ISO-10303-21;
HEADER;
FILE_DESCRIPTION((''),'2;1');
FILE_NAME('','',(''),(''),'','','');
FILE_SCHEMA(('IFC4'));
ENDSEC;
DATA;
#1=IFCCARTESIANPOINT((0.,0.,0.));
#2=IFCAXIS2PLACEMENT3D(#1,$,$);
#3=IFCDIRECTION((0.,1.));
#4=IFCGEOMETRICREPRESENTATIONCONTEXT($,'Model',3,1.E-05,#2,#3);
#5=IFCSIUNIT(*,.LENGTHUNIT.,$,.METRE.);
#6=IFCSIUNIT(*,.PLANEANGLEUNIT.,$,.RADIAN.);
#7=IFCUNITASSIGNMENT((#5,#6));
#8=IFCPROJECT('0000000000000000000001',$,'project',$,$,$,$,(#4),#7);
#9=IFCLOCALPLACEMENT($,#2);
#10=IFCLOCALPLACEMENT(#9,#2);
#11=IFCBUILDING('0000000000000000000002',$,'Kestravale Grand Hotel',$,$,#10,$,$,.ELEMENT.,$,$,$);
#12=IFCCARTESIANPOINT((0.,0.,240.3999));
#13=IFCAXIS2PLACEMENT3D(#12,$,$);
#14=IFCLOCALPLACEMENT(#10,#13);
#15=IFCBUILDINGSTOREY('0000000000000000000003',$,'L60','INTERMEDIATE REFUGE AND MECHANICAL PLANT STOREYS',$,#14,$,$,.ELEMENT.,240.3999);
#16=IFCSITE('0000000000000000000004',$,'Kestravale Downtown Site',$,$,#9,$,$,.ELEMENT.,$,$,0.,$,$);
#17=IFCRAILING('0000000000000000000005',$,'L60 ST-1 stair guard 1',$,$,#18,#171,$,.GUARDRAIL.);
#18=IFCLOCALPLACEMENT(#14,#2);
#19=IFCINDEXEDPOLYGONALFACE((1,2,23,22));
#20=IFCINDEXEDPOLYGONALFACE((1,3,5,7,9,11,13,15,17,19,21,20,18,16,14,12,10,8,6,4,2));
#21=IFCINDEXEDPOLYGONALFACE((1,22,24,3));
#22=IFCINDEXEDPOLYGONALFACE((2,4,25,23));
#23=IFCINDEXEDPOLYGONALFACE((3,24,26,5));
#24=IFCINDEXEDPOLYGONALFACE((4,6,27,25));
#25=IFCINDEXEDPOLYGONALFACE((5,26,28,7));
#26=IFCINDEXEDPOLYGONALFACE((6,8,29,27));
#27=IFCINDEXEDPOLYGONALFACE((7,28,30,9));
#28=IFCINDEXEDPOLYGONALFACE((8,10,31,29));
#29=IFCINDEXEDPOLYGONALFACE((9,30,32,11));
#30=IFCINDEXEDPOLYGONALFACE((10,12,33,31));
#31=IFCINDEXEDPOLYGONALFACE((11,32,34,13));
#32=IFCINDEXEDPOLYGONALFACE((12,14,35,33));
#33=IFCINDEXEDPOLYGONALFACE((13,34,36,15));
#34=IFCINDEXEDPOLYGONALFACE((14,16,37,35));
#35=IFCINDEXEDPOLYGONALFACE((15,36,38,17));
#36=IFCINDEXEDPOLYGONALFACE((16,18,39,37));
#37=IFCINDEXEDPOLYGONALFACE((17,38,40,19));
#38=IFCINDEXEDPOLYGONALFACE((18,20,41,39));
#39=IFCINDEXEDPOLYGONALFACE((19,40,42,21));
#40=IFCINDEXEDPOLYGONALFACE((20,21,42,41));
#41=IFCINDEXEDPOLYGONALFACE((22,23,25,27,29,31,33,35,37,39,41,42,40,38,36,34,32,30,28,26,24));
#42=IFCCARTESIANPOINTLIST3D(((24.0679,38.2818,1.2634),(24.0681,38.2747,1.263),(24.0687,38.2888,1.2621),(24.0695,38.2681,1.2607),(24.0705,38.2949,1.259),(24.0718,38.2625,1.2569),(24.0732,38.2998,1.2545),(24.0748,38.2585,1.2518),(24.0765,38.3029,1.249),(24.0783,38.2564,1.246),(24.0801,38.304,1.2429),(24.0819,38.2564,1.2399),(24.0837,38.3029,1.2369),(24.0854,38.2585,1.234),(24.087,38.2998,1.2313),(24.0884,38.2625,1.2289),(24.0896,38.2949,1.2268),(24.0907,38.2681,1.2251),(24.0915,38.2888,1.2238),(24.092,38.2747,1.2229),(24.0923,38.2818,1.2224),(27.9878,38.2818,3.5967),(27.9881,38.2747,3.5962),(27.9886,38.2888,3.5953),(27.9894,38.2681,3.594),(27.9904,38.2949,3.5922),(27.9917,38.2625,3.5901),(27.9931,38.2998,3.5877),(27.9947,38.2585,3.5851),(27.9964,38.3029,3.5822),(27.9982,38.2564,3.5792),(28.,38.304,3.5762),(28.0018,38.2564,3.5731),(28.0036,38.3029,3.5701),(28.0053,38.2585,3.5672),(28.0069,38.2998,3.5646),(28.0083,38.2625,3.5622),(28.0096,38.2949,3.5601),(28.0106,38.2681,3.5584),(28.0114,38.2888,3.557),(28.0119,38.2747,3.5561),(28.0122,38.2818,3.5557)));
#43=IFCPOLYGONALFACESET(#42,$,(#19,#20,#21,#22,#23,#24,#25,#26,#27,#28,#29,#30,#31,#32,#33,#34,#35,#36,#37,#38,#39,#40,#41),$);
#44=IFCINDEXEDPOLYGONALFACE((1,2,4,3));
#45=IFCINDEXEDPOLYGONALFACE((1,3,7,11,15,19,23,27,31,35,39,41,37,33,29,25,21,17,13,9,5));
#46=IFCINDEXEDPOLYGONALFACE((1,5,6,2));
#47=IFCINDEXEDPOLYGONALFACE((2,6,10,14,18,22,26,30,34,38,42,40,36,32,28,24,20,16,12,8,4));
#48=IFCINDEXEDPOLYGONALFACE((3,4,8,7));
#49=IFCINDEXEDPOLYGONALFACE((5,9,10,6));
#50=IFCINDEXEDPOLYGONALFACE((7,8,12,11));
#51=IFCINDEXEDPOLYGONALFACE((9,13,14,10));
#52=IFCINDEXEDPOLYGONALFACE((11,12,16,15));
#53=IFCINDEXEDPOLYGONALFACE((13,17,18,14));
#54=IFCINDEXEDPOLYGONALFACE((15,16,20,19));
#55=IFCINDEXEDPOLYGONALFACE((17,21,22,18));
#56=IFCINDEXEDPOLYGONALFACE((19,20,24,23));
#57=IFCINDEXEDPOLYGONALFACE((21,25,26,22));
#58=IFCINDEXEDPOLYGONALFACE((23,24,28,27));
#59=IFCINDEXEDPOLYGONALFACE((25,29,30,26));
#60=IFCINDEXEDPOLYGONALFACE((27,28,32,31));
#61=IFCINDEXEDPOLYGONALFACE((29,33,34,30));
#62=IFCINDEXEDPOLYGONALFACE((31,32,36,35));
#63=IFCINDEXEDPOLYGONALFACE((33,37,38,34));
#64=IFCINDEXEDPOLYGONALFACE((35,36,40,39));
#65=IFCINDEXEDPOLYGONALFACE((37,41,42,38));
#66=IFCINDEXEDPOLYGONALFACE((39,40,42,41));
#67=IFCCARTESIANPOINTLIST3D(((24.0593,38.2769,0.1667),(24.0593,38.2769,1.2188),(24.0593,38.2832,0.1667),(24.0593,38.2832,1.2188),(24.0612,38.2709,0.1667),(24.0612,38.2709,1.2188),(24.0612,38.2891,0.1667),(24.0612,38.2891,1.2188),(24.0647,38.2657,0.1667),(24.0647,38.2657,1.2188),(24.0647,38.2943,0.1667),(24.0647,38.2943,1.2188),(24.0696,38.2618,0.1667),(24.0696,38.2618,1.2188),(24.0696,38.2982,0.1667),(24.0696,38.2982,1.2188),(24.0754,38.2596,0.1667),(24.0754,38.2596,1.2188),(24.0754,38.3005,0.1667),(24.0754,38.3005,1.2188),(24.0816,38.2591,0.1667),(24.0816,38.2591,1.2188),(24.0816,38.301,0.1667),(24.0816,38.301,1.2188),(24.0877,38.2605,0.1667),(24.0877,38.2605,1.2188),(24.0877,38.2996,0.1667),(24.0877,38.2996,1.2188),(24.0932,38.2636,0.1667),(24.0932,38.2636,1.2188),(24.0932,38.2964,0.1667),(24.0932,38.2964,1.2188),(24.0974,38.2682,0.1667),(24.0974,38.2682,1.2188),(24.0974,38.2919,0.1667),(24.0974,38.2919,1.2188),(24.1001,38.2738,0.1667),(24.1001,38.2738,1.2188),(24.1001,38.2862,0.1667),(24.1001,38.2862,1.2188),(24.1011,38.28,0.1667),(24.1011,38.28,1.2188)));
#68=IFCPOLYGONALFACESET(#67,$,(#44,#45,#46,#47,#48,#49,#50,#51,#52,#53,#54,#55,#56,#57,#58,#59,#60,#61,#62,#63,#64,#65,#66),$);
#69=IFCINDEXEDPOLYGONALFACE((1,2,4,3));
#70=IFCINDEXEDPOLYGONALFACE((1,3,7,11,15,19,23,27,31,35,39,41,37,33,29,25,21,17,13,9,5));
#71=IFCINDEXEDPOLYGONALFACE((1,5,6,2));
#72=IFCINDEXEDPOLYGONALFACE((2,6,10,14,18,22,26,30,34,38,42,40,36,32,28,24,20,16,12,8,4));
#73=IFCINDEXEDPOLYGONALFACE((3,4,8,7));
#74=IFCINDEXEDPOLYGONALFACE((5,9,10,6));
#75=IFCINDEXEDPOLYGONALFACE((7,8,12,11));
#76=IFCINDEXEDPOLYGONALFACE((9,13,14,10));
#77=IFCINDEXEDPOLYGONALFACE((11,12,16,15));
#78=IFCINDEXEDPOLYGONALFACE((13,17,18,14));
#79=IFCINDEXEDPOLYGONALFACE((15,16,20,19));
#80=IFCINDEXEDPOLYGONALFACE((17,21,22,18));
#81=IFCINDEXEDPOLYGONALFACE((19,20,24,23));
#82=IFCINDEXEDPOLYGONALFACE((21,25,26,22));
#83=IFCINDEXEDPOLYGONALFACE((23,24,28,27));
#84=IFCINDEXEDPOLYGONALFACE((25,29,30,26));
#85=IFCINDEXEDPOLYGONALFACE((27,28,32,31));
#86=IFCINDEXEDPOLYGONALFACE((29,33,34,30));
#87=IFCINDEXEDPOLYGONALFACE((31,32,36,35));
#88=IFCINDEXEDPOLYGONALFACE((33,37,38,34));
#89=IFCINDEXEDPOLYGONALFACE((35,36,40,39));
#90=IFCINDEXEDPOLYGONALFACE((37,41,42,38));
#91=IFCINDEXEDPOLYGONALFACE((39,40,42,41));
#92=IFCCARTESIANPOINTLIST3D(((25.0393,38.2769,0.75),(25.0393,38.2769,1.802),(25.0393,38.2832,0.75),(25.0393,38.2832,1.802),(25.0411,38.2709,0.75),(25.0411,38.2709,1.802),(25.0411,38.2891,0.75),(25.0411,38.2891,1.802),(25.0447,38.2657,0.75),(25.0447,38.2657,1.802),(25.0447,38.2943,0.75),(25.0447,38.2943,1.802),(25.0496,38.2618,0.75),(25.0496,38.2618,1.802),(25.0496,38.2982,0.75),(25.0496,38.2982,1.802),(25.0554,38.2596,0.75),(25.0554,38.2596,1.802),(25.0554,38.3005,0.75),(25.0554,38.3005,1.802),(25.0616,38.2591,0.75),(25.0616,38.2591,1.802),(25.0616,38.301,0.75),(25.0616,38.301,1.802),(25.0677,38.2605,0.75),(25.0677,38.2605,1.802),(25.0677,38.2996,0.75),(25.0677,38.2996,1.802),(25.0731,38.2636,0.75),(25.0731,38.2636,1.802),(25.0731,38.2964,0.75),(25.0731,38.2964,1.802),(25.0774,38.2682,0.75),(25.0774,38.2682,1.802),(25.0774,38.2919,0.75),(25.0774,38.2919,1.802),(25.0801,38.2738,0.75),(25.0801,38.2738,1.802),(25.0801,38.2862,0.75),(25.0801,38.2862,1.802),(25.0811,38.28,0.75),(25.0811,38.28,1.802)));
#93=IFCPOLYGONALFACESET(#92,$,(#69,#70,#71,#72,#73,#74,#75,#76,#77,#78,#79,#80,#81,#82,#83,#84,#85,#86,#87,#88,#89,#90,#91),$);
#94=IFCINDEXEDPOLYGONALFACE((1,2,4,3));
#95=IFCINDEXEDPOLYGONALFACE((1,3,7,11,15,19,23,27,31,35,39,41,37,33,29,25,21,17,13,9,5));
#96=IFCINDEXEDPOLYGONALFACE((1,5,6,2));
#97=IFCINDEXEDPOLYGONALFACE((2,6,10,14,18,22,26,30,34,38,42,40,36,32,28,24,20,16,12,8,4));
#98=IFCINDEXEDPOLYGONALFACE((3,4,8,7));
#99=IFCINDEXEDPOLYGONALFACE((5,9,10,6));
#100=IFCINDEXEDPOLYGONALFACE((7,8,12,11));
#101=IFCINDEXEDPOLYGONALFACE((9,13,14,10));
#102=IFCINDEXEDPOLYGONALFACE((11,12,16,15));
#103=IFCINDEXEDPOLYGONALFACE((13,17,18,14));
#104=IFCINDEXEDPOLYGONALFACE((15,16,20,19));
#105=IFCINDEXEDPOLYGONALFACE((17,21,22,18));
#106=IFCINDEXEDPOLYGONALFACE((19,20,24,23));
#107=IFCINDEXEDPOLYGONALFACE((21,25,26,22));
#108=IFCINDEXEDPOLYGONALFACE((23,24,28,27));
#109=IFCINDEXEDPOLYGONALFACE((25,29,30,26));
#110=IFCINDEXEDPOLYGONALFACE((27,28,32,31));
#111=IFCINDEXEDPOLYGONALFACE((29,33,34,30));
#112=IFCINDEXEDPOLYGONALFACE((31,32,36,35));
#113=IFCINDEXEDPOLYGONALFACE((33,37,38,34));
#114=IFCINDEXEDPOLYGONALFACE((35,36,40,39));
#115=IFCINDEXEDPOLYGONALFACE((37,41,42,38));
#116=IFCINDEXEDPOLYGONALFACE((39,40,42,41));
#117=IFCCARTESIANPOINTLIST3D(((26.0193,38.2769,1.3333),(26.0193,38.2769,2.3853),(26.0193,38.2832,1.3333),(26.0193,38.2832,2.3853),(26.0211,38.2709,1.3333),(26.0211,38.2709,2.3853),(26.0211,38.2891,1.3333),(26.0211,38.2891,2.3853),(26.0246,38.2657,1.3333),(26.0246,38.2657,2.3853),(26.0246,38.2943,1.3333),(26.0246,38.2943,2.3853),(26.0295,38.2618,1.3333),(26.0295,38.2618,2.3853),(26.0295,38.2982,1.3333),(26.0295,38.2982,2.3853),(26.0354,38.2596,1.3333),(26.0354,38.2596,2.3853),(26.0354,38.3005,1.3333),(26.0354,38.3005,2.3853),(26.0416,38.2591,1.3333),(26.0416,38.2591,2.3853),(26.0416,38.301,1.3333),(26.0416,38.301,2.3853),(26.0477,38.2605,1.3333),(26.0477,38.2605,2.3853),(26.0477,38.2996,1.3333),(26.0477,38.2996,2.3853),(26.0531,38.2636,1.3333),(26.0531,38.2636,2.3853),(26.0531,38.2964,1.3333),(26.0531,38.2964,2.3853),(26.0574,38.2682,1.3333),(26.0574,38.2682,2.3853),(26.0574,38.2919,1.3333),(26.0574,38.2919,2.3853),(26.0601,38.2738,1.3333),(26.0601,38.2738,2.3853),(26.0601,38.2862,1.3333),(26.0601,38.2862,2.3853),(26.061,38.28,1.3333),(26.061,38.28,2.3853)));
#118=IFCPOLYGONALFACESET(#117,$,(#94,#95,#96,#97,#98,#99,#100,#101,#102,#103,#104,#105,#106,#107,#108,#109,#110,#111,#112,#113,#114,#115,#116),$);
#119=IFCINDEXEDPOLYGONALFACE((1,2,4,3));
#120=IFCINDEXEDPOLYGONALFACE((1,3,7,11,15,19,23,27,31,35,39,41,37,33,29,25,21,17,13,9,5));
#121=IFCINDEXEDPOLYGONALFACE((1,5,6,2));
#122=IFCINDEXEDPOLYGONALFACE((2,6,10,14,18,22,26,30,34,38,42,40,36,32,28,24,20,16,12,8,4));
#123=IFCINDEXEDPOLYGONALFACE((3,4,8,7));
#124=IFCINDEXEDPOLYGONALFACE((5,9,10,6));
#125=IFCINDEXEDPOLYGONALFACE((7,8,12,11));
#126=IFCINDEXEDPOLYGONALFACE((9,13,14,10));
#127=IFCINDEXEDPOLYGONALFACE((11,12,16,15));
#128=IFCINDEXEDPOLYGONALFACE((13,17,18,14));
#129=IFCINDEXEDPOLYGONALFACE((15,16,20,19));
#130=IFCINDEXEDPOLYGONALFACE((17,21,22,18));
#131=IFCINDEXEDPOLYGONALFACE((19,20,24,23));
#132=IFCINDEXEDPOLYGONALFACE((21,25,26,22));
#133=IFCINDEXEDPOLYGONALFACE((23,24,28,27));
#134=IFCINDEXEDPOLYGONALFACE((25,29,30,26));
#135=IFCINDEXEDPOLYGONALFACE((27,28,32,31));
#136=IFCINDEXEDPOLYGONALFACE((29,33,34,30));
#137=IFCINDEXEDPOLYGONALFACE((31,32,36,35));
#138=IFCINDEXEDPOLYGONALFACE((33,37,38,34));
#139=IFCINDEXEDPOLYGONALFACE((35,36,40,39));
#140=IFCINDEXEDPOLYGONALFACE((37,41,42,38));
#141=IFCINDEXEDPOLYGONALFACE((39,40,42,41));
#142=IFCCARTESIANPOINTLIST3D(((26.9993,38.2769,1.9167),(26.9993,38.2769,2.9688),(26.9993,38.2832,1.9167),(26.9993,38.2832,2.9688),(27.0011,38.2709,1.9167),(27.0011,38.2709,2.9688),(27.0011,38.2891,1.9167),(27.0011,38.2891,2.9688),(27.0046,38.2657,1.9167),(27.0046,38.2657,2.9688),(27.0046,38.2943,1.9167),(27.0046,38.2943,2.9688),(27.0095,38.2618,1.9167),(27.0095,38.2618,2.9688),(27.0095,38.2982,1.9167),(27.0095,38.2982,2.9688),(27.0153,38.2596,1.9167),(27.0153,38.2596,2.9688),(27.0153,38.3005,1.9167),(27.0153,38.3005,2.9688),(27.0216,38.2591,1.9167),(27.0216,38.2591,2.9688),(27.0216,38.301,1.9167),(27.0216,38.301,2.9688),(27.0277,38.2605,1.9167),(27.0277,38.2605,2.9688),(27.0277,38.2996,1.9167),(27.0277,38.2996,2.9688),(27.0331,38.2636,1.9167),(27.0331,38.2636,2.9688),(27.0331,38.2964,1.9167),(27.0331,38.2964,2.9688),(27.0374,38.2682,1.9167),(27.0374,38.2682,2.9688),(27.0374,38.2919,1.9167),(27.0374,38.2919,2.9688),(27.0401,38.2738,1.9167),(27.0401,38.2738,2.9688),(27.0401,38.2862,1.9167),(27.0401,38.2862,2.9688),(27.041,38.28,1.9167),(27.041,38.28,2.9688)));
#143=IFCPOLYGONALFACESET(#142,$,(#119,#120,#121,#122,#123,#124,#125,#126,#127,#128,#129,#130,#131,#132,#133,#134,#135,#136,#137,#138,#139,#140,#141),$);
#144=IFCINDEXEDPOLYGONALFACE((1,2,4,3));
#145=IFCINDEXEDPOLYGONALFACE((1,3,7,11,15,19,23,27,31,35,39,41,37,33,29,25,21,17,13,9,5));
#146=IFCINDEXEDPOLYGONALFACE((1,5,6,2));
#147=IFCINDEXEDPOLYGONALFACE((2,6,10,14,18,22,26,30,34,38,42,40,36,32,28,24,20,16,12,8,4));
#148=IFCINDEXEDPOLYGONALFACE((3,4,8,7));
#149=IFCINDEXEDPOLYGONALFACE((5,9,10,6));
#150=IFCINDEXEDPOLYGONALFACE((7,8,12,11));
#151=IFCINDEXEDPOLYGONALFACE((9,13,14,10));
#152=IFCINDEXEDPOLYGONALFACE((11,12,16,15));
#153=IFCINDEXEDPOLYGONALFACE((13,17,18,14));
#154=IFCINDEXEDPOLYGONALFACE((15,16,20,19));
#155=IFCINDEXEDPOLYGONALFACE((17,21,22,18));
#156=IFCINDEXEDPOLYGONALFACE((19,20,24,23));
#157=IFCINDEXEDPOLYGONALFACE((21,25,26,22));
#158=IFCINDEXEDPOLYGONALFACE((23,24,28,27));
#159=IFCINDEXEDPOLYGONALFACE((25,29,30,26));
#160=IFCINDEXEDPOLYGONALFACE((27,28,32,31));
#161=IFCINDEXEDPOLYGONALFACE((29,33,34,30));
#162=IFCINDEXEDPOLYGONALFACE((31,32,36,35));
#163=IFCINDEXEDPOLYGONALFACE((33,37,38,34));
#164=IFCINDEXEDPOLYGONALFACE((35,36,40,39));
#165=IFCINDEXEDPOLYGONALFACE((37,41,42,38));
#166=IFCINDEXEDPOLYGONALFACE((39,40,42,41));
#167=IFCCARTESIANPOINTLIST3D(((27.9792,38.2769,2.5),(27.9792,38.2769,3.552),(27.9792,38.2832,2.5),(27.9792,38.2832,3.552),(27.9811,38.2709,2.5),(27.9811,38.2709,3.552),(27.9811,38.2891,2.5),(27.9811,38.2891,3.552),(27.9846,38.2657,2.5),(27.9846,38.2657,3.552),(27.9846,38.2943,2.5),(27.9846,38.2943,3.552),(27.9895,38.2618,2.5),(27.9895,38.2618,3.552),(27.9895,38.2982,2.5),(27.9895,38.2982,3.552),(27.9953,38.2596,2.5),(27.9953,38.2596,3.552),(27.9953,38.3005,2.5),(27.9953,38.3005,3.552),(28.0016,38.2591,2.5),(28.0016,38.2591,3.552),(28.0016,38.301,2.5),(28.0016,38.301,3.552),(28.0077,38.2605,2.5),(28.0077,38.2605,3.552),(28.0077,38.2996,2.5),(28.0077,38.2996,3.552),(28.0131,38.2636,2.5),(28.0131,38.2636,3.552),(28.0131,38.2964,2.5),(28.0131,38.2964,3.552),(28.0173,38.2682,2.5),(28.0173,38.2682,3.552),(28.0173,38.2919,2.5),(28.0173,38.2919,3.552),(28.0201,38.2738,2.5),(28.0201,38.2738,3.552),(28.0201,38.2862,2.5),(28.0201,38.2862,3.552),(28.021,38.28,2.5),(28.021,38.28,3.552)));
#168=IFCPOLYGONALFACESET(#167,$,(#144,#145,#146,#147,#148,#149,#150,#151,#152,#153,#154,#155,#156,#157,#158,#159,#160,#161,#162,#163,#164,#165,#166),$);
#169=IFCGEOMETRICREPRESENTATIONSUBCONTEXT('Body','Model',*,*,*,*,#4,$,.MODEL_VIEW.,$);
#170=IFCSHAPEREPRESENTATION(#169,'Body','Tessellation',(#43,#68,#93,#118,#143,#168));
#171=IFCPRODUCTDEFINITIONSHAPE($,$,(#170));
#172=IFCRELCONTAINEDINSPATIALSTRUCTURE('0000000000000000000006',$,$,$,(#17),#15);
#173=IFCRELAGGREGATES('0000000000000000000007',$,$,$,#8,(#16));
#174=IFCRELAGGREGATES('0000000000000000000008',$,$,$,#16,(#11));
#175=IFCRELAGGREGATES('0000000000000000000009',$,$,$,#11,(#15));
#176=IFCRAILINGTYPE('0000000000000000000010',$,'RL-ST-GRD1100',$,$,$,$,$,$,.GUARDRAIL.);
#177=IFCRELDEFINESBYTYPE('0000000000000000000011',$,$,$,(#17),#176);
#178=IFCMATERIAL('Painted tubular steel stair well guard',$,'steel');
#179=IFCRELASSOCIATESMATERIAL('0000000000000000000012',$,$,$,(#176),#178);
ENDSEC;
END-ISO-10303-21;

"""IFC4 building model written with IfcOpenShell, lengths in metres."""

from ifc_helpers import new_model, si_unit, direction, frame, origin, origin_2d, place, context, subcontext, project, spatial, circle, extrude, material, type_object, element, save


model = new_model("IFC4")

# Units and contexts
model_context = context("Model", 3, precision=1e-05, world=origin(), true_north=direction((0.0, 1.0)))
body_context = subcontext(model_context, "Body", "Model", "MODEL_VIEW")
ifc_project = project(units=[si_unit("LENGTHUNIT", "METRE"), si_unit("PLANEANGLEUNIT", "RADIAN")], contexts=[model_context])

# Site, building, storey
site_placement = place(None, origin())
site = spatial("IfcSite", under=ifc_project, at=site_placement, Name="Kestravale Downtown Site", CompositionType="ELEMENT", RefElevation=0.0)
building_placement = place(site_placement, origin())
building = spatial("IfcBuilding", under=site, at=building_placement, Name="Kestravale Grand Hotel", CompositionType="ELEMENT")
storey_placement = place(building_placement, frame((0.0, 0.0, 240.3999)))
storey = spatial("IfcBuildingStorey", under=building, at=storey_placement, Name="L60", Description="INTERMEDIATE REFUGE AND MECHANICAL PLANT STOREYS", CompositionType="ELEMENT", Elevation=240.3999)

# Railing
ifc_material_1 = material(Name="Painted tubular steel stair well guard", Category="steel")
railing_type_1 = type_object("IfcRailingType", Name="RL-ST-GRD1100", PredefinedType="GUARDRAIL", material=ifc_material_1)
railing_1_placement = place(storey_placement, frame((24.0801, 38.28, 0.1667)))
element("IfcRailing", 1, at=railing_1_placement, inside=storey, type_object=railing_type_1, Name="L60 ST-1 stair guard 1", PredefinedType="GUARDRAIL", context=body_context, shape_type="SweptSolid", body=[
    extrude(circle(Radius=0.0239, at=origin_2d()), frame((0.0, 0.0, 1.0762), z_axis=(0.859296, 0.0, 0.511478), x_axis=(0.0, 1.0, 0.0)), (0.0, 0.0, 1.0), 4.5618),
    extrude(circle(Radius=0.021, at=origin_2d()), origin(), (0.0, 0.0, 1.0), 1.052),
    extrude(circle(Radius=0.021, at=origin_2d()), frame((0.98, 0.0, 0.5833)), (0.0, 0.0, 1.0), 1.052),
    extrude(circle(Radius=0.021, at=origin_2d()), frame((1.96, 0.0, 1.1665)), (0.0, 0.0, 1.0), 1.052),
    extrude(circle(Radius=0.021, at=origin_2d()), frame((2.9399, 0.0, 1.75)), (0.0, 0.0, 1.0), 1.052),
    extrude(circle(Radius=0.021, at=origin_2d()), frame((3.9199, 0.0, 2.3333)), (0.0, 0.0, 1.0), 1.052),
])

save(model, "model.ifc")
